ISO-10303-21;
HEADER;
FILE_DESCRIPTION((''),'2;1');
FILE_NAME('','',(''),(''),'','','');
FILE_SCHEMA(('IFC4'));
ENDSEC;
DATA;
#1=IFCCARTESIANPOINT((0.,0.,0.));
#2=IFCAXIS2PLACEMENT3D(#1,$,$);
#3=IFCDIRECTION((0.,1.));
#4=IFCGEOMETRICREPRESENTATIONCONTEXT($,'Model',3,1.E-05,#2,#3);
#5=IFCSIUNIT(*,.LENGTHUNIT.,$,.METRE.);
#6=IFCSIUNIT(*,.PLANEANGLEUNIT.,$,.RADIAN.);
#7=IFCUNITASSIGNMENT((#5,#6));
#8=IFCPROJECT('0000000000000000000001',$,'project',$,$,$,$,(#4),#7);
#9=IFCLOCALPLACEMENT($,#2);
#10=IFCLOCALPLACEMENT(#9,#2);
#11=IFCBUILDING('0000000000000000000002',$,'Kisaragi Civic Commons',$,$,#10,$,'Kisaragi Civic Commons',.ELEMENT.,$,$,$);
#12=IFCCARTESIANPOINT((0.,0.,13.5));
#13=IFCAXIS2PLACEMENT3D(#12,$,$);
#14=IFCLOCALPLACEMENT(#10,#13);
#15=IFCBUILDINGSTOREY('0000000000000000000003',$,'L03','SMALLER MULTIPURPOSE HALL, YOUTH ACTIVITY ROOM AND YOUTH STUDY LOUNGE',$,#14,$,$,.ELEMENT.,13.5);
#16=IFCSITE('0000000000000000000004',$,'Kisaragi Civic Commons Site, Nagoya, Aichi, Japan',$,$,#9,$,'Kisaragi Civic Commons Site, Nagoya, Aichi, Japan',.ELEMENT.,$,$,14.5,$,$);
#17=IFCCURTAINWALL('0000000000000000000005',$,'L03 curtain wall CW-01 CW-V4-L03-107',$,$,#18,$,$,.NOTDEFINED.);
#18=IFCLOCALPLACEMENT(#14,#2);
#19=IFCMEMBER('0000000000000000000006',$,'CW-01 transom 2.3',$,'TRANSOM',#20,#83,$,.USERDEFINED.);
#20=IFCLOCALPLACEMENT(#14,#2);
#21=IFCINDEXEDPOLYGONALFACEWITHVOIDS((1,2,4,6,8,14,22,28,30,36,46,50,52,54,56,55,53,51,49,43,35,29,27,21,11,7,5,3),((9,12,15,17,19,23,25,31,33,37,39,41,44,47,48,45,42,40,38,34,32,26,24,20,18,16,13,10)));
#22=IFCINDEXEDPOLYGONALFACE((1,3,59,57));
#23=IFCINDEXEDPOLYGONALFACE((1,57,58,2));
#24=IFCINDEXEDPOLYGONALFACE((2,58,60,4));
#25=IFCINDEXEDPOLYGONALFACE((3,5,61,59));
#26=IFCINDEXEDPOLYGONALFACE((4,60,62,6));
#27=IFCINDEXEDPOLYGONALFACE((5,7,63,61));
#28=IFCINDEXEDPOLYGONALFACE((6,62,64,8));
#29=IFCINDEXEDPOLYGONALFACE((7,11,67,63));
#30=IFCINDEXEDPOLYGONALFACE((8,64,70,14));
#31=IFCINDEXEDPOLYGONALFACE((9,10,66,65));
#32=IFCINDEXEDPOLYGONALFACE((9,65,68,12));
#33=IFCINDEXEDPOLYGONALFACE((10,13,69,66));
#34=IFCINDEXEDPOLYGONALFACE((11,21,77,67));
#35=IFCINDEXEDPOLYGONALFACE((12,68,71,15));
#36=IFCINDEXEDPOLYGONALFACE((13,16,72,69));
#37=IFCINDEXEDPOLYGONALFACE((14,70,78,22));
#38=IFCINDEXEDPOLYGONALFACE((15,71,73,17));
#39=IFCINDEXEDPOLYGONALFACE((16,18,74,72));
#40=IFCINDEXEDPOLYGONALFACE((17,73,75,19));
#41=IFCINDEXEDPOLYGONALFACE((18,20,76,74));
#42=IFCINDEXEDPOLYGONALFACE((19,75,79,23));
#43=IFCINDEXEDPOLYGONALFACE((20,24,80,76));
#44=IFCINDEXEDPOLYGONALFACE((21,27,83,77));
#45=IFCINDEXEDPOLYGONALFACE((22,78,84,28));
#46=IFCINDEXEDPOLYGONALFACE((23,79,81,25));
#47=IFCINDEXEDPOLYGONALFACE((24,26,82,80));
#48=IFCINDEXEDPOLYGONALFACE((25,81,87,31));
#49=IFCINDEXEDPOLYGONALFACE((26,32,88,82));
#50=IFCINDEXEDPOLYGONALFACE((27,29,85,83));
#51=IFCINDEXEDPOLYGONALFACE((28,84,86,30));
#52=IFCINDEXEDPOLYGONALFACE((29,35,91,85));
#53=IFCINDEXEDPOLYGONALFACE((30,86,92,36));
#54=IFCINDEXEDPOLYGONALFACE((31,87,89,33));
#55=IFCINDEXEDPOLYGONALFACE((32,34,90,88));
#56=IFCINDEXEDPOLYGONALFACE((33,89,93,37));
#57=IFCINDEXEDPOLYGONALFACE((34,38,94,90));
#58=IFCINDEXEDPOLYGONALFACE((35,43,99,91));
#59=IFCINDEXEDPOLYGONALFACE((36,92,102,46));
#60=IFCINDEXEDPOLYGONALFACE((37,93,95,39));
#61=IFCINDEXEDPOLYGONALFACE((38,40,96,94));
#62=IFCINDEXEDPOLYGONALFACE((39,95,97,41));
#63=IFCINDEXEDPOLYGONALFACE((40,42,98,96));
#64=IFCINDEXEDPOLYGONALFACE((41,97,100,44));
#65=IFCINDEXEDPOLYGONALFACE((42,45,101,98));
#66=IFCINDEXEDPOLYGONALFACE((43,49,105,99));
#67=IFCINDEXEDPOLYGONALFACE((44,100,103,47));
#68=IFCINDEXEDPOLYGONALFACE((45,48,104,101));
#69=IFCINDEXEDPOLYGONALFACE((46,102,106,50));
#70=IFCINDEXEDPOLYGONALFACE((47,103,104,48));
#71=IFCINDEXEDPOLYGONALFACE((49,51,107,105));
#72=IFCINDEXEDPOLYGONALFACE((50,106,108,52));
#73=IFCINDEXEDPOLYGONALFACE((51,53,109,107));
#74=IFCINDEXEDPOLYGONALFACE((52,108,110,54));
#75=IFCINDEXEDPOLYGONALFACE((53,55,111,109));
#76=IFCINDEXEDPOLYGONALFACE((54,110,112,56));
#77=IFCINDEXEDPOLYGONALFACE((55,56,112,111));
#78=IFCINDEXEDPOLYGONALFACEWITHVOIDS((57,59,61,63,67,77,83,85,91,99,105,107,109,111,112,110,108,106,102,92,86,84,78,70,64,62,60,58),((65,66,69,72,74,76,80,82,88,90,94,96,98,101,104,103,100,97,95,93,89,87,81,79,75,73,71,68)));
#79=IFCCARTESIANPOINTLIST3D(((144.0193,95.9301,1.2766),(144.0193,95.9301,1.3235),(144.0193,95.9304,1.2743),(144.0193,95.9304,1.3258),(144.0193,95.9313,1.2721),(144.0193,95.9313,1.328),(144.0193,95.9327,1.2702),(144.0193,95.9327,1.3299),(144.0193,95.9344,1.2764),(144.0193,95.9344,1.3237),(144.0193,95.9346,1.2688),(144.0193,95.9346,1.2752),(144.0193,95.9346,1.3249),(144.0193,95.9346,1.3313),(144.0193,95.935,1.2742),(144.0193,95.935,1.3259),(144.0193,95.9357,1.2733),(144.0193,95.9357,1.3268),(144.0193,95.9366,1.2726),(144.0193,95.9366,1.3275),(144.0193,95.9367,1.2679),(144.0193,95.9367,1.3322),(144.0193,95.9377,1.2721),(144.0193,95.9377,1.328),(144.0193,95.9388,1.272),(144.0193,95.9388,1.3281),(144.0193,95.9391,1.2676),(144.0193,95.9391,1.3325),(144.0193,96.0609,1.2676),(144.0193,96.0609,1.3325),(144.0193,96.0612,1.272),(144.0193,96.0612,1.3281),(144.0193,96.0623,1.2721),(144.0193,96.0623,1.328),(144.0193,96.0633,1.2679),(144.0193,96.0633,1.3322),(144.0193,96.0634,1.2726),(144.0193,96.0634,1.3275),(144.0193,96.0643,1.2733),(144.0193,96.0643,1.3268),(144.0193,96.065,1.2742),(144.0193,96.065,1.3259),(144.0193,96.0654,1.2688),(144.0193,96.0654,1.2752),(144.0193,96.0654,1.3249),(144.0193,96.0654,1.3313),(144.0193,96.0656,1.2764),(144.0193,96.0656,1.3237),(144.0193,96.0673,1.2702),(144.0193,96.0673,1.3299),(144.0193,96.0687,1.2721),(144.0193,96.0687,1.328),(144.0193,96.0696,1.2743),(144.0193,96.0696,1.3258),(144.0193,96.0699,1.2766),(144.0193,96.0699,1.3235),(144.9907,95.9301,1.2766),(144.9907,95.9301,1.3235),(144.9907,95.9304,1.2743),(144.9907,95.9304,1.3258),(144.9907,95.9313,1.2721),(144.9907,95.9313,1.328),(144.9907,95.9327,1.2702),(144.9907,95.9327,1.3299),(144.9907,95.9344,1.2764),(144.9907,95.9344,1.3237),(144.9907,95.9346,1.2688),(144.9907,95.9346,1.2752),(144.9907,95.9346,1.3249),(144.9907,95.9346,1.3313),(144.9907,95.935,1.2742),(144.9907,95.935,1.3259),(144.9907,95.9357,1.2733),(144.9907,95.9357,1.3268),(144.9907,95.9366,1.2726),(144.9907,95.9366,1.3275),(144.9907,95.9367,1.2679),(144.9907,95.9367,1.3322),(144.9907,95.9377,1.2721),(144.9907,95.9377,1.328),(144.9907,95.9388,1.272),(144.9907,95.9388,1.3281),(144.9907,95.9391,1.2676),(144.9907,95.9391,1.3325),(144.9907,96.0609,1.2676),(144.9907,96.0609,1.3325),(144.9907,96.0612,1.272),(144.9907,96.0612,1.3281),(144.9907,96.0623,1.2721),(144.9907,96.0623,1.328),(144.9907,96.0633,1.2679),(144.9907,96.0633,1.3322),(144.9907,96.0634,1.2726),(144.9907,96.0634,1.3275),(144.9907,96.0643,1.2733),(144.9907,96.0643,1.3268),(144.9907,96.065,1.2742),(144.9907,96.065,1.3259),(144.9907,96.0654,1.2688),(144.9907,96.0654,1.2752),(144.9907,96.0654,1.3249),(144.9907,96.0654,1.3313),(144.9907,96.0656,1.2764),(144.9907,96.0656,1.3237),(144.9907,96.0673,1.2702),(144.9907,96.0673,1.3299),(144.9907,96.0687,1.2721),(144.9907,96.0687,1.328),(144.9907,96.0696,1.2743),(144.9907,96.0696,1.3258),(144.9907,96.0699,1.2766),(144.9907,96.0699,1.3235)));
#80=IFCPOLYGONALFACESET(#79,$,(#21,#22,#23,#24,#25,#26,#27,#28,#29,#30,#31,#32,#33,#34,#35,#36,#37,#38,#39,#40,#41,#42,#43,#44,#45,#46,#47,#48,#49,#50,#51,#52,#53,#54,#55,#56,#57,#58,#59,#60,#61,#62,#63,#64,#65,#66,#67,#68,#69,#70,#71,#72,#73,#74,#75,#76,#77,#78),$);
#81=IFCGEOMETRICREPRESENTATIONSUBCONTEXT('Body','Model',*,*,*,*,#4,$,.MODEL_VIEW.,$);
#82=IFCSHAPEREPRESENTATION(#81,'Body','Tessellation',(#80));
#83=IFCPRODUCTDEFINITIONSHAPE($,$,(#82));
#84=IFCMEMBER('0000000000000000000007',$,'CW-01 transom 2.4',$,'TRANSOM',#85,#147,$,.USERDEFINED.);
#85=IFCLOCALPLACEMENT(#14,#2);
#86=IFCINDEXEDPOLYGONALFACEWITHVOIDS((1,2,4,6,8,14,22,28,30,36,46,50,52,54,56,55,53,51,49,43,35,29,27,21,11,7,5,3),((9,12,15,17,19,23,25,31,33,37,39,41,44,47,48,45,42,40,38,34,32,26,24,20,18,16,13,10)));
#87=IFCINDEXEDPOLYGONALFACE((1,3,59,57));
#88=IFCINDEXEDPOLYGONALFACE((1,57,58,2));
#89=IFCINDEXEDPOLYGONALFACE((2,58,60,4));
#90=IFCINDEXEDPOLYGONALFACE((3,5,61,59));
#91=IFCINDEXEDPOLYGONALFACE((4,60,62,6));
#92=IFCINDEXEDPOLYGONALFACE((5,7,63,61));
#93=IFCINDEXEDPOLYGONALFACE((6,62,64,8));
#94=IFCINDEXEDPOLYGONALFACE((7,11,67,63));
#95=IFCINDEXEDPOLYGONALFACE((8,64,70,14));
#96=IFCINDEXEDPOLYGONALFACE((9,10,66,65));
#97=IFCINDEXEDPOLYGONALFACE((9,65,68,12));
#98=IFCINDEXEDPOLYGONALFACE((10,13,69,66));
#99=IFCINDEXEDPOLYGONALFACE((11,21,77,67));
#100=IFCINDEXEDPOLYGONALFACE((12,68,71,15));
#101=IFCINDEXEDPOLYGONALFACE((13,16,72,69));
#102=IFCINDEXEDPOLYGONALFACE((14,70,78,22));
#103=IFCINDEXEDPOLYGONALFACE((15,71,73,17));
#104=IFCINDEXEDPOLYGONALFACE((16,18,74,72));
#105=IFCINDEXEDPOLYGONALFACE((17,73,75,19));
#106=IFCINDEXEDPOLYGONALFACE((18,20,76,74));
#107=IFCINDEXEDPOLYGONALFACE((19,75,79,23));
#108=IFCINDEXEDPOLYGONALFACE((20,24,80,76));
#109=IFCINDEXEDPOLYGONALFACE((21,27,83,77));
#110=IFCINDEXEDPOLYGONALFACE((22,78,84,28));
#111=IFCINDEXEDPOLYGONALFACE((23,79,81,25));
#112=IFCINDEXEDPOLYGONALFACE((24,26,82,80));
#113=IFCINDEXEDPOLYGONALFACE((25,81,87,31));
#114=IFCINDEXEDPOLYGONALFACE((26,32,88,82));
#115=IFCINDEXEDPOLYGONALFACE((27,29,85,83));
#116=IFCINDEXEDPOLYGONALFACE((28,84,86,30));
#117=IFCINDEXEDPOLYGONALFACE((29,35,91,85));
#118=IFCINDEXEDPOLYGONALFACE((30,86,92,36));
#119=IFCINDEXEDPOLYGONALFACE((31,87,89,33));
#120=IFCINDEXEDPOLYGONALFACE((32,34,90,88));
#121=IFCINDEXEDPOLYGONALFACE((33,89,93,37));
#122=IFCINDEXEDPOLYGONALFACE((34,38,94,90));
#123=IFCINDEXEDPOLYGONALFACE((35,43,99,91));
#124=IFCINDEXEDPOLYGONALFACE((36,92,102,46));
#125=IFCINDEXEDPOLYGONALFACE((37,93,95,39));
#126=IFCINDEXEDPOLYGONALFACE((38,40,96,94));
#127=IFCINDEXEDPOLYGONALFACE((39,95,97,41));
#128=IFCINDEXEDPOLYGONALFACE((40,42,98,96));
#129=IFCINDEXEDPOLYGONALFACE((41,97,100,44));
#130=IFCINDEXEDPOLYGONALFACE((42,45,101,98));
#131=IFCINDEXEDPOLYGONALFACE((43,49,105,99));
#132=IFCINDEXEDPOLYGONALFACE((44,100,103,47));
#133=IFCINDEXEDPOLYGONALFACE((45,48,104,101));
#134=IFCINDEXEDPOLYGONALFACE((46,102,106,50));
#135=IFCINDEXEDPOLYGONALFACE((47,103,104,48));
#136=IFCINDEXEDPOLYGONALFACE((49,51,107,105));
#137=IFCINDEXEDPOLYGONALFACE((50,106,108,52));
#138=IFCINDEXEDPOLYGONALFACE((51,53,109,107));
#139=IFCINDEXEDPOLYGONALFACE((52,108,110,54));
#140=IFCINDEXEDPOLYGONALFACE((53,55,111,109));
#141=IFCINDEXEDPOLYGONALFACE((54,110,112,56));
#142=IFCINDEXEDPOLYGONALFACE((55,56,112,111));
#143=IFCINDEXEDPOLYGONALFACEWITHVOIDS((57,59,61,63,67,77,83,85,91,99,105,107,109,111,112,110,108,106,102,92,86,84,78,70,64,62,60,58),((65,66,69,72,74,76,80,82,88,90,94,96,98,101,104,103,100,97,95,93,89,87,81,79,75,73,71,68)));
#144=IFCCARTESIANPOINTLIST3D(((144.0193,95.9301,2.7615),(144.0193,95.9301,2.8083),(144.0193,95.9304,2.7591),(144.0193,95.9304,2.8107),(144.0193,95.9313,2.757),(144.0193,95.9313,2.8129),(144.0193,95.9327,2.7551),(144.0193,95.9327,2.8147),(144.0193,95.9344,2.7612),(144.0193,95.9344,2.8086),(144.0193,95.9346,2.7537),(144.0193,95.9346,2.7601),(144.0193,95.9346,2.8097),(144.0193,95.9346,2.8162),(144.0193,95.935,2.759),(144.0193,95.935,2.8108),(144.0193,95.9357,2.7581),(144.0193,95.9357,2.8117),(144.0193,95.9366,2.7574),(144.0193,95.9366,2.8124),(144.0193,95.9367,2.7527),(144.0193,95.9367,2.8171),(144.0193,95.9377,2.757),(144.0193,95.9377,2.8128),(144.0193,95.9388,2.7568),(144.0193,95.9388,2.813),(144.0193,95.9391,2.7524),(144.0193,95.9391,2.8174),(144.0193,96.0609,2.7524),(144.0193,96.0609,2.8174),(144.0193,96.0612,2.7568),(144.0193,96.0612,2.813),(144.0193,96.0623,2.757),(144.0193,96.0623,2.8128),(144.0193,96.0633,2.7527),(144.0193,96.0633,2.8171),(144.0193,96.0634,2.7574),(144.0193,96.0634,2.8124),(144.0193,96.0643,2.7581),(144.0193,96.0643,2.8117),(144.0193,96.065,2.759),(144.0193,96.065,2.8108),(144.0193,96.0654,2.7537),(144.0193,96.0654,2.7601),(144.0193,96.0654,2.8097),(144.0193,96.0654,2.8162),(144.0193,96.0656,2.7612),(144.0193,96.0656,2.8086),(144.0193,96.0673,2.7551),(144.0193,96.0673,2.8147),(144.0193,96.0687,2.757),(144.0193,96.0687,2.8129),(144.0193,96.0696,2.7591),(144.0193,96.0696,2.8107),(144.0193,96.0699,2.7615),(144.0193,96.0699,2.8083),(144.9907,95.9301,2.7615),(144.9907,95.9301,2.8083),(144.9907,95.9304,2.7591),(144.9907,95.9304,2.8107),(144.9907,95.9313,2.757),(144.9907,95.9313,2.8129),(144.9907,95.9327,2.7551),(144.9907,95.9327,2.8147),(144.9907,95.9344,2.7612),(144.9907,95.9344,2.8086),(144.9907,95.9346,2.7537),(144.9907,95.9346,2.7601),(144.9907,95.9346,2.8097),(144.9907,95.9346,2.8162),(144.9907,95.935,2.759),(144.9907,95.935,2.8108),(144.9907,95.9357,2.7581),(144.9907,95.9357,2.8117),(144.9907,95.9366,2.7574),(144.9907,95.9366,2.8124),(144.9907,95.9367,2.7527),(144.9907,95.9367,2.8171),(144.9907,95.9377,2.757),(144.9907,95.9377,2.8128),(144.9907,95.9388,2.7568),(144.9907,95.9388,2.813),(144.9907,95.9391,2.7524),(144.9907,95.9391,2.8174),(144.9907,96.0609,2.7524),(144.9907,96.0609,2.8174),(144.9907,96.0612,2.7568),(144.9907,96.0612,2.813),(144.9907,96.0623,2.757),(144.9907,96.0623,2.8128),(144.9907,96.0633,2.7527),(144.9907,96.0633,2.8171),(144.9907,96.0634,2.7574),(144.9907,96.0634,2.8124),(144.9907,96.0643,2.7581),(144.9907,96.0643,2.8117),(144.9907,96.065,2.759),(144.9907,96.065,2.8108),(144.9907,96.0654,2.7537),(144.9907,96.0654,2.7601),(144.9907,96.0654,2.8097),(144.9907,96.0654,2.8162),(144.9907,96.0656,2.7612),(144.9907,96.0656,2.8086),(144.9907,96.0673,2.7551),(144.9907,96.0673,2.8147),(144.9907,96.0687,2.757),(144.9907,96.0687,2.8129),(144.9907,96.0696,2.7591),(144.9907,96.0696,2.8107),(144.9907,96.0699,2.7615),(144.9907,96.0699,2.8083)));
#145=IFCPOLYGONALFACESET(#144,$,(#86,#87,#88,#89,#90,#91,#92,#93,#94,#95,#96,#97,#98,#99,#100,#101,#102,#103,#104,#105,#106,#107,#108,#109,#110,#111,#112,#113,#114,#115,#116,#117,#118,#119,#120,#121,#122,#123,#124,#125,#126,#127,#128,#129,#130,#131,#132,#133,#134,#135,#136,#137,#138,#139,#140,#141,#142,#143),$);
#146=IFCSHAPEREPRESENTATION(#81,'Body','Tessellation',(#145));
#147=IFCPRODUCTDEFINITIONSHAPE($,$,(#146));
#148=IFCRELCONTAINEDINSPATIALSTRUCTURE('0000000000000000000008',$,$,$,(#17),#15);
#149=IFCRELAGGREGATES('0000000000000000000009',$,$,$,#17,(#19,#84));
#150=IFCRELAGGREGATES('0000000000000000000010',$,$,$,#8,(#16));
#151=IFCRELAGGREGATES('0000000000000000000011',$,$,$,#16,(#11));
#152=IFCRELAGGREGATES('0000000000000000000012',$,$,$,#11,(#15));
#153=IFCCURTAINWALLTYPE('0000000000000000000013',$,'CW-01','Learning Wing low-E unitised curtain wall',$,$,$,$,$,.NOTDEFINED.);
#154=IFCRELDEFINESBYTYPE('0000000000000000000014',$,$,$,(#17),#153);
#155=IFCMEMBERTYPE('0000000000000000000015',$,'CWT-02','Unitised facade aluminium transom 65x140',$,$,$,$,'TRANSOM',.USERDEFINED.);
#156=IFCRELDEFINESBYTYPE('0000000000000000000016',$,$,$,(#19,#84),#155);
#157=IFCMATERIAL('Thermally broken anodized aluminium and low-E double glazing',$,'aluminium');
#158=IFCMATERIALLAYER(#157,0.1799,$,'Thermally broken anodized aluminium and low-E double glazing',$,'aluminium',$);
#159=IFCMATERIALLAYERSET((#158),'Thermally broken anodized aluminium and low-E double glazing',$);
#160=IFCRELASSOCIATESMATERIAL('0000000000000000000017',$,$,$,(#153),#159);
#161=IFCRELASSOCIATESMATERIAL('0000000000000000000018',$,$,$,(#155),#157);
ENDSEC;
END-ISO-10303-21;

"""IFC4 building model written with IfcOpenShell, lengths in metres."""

from ifc_helpers import new_model, si_unit, direction, frame, origin, origin_2d, place, context, subcontext, project, spatial, hollow_rectangle, extrude, material, layer, layer_set, material_profile, profile_set, type_object, element, aggregate, save


model = new_model("IFC4")

# Units and contexts
model_context = context("Model", 3, precision=1e-05, world=origin(), true_north=direction((0.0, 1.0)))
body_context = subcontext(model_context, "Body", "Model", "MODEL_VIEW")
ifc_project = project(units=[si_unit("LENGTHUNIT", "METRE"), si_unit("PLANEANGLEUNIT", "RADIAN")], contexts=[model_context])

# Site, building, storey
site_placement = place(None, origin())
site = spatial("IfcSite", under=ifc_project, at=site_placement, Name="Kisaragi Civic Commons Site, Nagoya, Aichi, Japan", LongName="Kisaragi Civic Commons Site, Nagoya, Aichi, Japan", CompositionType="ELEMENT", RefElevation=14.5)
building_placement = place(site_placement, origin())
building = spatial("IfcBuilding", under=site, at=building_placement, Name="Kisaragi Civic Commons", LongName="Kisaragi Civic Commons", CompositionType="ELEMENT")
storey_placement = place(building_placement, frame((0.0, 0.0, 13.5)))
storey = spatial("IfcBuildingStorey", under=building, at=storey_placement, Name="L03", Description="SMALLER MULTIPURPOSE HALL, YOUTH ACTIVITY ROOM AND YOUTH STUDY LOUNGE", CompositionType="ELEMENT", Elevation=13.5)

# Shared definitions
ifc_material_1 = material(Name="Thermally broken anodized aluminium and low-E double glazing", Category="aluminium")
ifc_layer_1 = layer(ifc_material_1, 0.1799, Name="Thermally broken anodized aluminium and low-E double glazing", Category="aluminium")
ifc_layer_set_1 = layer_set([ifc_layer_1], Name="Thermally broken anodized aluminium and low-E double glazing")
curtain_wall_type = type_object("IfcCurtainWallType", Name="CW-01", Description="Learning Wing low-E unitised curtain wall", PredefinedType="NOTDEFINED", material=ifc_layer_set_1)

# Curtain wall, members
curtain_wall_1_placement = place(storey_placement, origin())
curtain_wall_1 = element("IfcCurtainWall", 1, at=curtain_wall_1_placement, inside=storey, type_object=curtain_wall_type, Name="L03 curtain wall CW-01 CW-V4-L03-107", PredefinedType="NOTDEFINED")
ifc_material_profile_1 = material_profile(ifc_material_1, hollow_rectangle(XDim=0.1399, YDim=0.0649, WallThickness=0.0044, InnerFilletRadius=0.0044, OuterFilletRadius=0.009, at=origin_2d()), Name="CWT-65x140x4.5", Category="aluminium")
ifc_profile_set_1 = profile_set([ifc_material_profile_1], Name="Thermally broken anodized aluminium and low-E double glazing")
member_type_1 = type_object("IfcMemberType", Name="CWT-02", Description="Unitised facade aluminium transom 65x140", ElementType="TRANSOM", PredefinedType="USERDEFINED", material=ifc_profile_set_1)
member_1_placement = place(storey_placement, frame((144.9907, 96.0, 1.3), z_axis=(-1.0, 0.0, 0.0), x_axis=(0.0, -1.0, 0.0)))
member_1 = element("IfcMember", 2, at=member_1_placement, type_object=member_type_1, Name="CW-01 transom 2.3", ObjectType="TRANSOM", PredefinedType="USERDEFINED", context=body_context, shape_type="SweptSolid", body=[
    extrude(hollow_rectangle(XDim=0.1399, YDim=0.0649, WallThickness=0.0044, InnerFilletRadius=0.0044, OuterFilletRadius=0.009, at=origin_2d()), origin(), (0.0, 0.0, 1.0), 0.9714),
])
member_2_placement = place(storey_placement, frame((144.9907, 96.0, 2.7849), z_axis=(-1.0, 0.0, 0.0), x_axis=(0.0, -1.0, 0.0)))
member_2 = element("IfcMember", 3, at=member_2_placement, type_object=member_type_1, Name="CW-01 transom 2.4", ObjectType="TRANSOM", PredefinedType="USERDEFINED", context=body_context, shape_type="SweptSolid", body=[
    extrude(hollow_rectangle(XDim=0.1399, YDim=0.0649, WallThickness=0.0044, InnerFilletRadius=0.0044, OuterFilletRadius=0.009, at=origin_2d()), origin(), (0.0, 0.0, 1.0), 0.9714),
])

aggregate(curtain_wall_1, [member_1, member_2])

save(model, "model.ifc")
